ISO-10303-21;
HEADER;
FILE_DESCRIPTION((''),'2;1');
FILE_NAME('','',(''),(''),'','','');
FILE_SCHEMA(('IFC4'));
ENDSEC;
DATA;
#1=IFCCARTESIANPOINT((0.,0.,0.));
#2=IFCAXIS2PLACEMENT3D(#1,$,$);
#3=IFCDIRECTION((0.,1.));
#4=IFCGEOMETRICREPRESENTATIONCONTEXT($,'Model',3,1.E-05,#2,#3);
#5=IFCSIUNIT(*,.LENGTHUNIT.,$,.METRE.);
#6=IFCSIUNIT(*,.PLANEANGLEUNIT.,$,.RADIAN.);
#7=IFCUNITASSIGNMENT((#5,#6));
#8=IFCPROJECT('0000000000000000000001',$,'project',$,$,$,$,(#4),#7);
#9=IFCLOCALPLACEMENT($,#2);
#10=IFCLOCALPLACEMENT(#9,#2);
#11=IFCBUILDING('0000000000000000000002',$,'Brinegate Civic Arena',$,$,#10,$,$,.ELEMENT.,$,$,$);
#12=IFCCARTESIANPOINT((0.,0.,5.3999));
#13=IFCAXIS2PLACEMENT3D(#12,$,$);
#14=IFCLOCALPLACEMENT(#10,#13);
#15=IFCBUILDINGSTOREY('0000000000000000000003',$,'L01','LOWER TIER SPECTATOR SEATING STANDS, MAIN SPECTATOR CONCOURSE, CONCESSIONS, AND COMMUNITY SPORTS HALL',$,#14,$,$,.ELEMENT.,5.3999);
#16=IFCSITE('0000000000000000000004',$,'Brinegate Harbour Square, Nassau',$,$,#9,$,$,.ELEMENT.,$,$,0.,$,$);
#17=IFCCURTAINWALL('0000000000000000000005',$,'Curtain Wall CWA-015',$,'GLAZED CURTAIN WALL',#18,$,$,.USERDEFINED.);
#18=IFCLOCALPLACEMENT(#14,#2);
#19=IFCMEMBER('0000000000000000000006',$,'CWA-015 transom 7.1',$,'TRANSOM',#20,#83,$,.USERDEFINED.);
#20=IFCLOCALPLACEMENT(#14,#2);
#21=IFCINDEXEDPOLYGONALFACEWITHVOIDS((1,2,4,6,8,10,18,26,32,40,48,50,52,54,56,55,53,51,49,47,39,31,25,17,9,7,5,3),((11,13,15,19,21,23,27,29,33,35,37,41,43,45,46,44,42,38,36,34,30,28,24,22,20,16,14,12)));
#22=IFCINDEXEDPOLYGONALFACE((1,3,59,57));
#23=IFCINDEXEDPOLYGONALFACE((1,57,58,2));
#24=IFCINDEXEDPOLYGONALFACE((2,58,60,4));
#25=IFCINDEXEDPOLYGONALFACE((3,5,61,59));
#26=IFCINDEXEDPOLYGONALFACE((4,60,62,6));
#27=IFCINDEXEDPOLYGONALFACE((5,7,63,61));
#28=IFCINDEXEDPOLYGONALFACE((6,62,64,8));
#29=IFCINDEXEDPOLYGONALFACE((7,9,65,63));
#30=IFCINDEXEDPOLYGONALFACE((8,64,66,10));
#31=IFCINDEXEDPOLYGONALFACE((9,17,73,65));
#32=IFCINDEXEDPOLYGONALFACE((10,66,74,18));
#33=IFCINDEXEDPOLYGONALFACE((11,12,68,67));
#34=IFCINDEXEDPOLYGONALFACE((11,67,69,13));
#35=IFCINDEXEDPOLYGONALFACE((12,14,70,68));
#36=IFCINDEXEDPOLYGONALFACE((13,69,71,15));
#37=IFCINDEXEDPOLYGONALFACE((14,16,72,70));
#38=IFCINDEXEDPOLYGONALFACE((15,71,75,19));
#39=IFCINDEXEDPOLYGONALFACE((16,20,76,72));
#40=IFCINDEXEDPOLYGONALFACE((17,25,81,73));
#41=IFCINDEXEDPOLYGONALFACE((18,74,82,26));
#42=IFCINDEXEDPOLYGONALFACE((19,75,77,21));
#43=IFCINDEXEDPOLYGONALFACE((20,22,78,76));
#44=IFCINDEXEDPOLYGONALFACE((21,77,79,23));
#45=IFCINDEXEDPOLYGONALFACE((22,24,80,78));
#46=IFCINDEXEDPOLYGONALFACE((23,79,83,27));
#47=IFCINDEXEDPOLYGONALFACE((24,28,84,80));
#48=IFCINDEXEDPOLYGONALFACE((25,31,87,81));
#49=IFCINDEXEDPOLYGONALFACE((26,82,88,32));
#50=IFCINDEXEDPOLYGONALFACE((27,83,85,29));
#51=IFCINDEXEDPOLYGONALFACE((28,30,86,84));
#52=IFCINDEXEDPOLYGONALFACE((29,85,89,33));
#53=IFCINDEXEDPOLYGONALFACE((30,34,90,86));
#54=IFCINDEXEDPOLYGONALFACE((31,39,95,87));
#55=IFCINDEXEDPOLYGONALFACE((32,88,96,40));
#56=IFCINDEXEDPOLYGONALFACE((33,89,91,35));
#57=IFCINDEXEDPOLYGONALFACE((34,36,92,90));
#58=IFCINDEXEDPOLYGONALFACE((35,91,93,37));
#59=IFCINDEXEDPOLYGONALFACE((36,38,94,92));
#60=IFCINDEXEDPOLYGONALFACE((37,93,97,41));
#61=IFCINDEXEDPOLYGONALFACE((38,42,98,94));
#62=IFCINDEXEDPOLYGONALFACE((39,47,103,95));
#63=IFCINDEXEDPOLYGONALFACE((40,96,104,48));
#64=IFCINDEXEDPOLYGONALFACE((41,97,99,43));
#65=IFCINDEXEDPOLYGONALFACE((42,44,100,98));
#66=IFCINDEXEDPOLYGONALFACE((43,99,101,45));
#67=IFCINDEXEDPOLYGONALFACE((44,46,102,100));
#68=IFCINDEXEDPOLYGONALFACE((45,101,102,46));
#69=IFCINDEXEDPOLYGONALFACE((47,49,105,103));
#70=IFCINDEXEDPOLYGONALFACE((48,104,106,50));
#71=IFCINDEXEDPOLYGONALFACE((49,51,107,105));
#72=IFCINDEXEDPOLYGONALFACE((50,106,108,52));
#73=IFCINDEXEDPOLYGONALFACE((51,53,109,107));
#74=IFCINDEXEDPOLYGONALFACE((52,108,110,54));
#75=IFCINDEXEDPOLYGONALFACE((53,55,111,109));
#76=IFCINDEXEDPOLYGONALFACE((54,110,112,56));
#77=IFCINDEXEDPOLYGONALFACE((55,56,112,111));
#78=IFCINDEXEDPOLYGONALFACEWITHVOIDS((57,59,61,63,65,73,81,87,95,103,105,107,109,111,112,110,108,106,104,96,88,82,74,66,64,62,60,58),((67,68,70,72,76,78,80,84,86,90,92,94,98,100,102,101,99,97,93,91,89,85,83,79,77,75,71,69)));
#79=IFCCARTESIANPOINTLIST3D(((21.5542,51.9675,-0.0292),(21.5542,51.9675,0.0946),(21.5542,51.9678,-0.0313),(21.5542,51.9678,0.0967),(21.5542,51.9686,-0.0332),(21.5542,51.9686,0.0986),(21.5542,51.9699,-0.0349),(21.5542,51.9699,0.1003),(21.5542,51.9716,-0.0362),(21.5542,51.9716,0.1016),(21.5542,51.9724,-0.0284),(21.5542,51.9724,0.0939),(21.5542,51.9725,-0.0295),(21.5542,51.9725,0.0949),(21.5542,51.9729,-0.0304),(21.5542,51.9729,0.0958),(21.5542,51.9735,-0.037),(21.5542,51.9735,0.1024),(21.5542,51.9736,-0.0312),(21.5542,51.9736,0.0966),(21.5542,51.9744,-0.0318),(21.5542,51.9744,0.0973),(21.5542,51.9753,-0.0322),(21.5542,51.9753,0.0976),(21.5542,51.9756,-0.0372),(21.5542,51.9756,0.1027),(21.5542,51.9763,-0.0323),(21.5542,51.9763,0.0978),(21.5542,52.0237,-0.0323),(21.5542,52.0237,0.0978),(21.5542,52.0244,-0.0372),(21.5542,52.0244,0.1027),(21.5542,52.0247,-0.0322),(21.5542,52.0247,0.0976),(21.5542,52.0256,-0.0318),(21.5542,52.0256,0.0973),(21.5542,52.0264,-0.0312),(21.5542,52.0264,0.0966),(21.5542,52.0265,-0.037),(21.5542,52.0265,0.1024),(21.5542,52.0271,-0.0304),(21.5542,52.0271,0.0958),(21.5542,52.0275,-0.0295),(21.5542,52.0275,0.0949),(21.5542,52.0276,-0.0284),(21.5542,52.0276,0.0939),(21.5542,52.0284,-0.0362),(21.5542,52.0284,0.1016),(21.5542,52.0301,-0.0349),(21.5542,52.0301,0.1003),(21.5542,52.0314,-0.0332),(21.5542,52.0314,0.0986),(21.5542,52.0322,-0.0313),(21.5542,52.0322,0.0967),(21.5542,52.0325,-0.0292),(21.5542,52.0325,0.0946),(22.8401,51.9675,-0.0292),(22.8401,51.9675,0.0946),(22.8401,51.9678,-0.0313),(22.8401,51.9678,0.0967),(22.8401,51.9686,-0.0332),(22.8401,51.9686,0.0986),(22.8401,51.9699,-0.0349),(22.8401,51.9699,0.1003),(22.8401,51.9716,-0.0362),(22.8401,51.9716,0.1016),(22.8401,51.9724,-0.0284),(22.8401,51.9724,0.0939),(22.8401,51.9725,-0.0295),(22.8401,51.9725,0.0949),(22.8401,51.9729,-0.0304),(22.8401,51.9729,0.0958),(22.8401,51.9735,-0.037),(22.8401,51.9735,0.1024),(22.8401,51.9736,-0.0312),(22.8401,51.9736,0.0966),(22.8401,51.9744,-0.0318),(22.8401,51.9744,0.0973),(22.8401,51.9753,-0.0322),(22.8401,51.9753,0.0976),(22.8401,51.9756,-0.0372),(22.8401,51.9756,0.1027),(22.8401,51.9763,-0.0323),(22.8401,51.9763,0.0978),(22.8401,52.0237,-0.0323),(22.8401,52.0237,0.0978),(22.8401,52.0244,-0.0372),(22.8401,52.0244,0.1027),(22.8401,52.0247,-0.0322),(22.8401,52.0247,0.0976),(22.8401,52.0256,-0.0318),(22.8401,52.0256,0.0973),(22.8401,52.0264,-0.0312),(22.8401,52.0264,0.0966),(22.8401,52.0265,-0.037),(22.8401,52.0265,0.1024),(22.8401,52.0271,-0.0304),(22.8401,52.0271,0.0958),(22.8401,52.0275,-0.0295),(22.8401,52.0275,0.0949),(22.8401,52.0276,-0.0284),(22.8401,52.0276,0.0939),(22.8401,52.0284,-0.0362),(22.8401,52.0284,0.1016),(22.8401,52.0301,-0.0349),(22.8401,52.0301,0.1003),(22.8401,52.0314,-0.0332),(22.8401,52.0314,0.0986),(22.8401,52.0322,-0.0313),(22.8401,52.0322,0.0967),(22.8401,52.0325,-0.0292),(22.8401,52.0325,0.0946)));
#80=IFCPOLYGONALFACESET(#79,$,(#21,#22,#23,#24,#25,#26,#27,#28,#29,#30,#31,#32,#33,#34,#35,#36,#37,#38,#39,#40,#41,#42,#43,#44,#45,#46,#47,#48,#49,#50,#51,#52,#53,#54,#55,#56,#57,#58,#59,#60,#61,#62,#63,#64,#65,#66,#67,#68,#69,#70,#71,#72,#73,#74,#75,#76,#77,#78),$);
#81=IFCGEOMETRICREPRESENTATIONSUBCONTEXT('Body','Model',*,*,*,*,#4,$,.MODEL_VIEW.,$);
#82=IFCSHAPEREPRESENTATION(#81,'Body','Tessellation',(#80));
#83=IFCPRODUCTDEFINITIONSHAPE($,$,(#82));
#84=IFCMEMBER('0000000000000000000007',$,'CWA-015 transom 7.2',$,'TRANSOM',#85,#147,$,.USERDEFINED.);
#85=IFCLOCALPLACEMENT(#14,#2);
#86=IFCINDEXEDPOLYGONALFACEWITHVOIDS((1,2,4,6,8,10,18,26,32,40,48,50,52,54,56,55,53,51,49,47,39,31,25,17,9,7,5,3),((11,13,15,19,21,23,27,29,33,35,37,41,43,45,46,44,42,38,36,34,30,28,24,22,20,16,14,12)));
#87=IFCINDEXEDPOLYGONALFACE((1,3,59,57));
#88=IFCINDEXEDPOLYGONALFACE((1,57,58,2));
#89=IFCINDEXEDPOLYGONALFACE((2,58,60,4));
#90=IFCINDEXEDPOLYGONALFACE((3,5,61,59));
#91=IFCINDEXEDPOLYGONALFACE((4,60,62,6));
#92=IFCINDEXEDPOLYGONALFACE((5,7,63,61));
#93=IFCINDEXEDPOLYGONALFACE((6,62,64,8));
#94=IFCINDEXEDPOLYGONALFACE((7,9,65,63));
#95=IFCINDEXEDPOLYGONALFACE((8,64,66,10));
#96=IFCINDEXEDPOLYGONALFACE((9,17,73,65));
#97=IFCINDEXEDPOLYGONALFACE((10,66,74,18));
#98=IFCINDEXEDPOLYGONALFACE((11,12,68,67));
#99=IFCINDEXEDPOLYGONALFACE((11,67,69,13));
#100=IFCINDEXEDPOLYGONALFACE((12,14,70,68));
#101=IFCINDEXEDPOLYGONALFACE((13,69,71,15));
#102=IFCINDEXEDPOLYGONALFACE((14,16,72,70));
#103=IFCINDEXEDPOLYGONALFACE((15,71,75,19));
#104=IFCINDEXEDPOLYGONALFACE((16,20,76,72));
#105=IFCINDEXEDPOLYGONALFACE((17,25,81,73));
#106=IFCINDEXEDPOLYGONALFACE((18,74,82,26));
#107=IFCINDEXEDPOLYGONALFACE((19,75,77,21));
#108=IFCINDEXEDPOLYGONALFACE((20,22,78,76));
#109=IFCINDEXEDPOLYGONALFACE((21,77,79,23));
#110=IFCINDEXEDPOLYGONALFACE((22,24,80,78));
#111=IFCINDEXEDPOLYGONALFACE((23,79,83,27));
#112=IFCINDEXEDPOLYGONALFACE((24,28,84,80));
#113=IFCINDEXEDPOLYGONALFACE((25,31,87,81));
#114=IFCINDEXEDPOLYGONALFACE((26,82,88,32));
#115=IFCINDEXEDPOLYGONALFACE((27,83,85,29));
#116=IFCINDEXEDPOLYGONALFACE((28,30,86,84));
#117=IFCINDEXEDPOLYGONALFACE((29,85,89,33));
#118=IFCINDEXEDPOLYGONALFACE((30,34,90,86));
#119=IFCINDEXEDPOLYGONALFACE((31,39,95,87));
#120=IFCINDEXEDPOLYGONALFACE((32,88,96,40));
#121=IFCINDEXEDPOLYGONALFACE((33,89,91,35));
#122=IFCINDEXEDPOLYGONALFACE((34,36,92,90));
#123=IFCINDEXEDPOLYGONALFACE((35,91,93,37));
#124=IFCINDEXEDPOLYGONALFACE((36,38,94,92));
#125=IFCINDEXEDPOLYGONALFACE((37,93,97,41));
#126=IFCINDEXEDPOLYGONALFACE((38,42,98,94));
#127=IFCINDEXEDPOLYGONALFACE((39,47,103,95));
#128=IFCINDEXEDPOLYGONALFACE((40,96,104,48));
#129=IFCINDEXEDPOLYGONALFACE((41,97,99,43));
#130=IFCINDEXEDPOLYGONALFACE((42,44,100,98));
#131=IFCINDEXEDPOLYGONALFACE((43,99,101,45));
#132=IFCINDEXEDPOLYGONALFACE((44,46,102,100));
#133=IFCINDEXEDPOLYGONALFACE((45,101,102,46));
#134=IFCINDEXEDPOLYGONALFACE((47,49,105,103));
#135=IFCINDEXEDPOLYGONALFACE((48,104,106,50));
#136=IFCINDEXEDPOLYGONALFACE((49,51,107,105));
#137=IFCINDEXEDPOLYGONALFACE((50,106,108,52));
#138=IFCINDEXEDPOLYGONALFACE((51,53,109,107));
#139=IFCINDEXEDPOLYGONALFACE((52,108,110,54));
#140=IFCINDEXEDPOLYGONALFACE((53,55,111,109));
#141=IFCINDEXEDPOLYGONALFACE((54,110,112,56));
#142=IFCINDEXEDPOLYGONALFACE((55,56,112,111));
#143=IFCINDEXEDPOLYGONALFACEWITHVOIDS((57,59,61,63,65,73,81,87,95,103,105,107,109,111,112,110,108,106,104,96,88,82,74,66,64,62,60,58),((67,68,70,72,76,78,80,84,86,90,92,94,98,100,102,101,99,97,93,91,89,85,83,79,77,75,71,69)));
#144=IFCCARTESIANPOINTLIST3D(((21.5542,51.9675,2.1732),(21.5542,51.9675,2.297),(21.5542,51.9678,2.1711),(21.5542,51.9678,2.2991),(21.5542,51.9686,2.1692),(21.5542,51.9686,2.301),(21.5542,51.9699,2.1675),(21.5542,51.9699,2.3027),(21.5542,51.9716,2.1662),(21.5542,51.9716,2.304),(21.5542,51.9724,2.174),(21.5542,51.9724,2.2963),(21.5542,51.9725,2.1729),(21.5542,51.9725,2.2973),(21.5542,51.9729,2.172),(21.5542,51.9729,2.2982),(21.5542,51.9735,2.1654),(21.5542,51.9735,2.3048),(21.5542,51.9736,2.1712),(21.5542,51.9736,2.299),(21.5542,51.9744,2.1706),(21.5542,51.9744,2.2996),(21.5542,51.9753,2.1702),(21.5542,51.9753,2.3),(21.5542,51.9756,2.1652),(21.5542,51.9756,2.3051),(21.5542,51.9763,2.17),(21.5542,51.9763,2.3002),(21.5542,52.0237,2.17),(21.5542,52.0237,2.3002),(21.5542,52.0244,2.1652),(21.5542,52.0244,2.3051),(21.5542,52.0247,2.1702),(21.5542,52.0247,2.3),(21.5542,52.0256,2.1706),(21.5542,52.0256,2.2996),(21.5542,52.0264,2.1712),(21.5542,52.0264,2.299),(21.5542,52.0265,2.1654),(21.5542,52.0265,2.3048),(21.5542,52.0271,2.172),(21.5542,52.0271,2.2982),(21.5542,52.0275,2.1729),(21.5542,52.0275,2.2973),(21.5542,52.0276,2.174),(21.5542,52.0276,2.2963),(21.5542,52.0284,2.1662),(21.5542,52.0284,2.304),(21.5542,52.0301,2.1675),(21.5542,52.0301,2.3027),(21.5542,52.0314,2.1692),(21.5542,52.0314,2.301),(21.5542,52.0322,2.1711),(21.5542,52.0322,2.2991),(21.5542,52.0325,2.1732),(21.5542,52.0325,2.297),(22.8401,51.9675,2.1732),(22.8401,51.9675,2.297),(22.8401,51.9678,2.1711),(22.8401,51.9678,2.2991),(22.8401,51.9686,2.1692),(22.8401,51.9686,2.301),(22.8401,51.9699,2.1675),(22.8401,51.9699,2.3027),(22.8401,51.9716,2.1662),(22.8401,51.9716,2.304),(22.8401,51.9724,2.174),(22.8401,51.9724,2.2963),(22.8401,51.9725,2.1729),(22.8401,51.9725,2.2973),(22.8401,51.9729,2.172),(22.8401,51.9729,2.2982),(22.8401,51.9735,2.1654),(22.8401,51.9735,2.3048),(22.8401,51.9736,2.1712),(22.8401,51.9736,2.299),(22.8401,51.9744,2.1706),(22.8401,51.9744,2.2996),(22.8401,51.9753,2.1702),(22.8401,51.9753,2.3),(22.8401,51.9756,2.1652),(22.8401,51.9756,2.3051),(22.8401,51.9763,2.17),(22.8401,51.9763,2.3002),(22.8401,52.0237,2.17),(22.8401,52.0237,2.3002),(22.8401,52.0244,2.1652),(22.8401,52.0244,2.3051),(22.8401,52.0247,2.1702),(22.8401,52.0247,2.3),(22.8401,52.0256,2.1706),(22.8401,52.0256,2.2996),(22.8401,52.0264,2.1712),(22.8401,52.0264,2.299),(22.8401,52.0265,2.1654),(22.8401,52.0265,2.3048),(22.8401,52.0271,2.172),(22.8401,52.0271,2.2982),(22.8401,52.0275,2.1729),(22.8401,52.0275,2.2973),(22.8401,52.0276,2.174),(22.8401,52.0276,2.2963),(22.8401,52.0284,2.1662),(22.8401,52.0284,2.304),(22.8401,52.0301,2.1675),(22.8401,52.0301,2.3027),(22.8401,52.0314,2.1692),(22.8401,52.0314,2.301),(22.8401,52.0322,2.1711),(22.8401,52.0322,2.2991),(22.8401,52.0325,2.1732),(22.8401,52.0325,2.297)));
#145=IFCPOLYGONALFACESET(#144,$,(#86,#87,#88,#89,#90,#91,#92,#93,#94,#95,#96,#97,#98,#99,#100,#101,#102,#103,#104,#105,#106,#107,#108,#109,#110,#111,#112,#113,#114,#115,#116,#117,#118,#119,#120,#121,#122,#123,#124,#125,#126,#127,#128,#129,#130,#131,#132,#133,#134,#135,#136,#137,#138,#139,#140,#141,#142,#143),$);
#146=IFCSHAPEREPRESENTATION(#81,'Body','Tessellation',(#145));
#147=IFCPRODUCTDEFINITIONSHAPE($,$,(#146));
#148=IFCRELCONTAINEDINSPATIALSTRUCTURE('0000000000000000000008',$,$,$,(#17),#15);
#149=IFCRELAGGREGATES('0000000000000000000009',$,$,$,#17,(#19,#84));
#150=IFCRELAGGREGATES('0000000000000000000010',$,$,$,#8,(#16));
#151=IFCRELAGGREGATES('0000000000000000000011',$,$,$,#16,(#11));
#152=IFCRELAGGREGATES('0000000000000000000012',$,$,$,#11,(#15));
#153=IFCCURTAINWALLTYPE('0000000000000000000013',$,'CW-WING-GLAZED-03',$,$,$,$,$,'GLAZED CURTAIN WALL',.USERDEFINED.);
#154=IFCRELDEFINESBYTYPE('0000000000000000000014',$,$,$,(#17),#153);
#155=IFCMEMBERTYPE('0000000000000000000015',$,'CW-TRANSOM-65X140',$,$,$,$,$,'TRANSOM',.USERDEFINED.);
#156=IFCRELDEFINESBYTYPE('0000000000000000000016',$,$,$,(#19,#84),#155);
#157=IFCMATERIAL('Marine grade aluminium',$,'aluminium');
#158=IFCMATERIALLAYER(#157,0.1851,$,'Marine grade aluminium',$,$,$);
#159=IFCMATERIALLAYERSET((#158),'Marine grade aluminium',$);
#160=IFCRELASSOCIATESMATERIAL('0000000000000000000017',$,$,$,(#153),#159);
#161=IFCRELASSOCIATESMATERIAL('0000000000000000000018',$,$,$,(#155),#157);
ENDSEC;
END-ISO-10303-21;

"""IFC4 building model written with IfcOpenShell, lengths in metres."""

from ifc_helpers import new_model, si_unit, direction, frame, origin, origin_2d, place, context, subcontext, project, spatial, hollow_rectangle, extrude, material, layer, layer_set, material_profile, profile_set, type_object, element, aggregate, save


model = new_model("IFC4")

# Units and contexts
model_context = context("Model", 3, precision=1e-05, world=origin(), true_north=direction((0.0, 1.0)))
body_context = subcontext(model_context, "Body", "Model", "MODEL_VIEW")
ifc_project = project(units=[si_unit("LENGTHUNIT", "METRE"), si_unit("PLANEANGLEUNIT", "RADIAN")], contexts=[model_context])

# Site, building, storey
site_placement = place(None, origin())
site = spatial("IfcSite", under=ifc_project, at=site_placement, Name="Brinegate Harbour Square, Nassau", CompositionType="ELEMENT", RefElevation=0.0)
building_placement = place(site_placement, origin())
building = spatial("IfcBuilding", under=site, at=building_placement, Name="Brinegate Civic Arena", CompositionType="ELEMENT")
storey_placement = place(building_placement, frame((0.0, 0.0, 5.3999)))
storey = spatial("IfcBuildingStorey", under=building, at=storey_placement, Name="L01", Description="LOWER TIER SPECTATOR SEATING STANDS, MAIN SPECTATOR CONCOURSE, CONCESSIONS, AND COMMUNITY SPORTS HALL", CompositionType="ELEMENT", Elevation=5.3999)

# Shared definitions
ifc_material_1 = material(Name="Marine grade aluminium", Category="aluminium")

# Curtain wall, members
ifc_layer_1 = layer(ifc_material_1, 0.1851, Name="Marine grade aluminium")
ifc_layer_set_1 = layer_set([ifc_layer_1], Name="Marine grade aluminium")
curtain_wall_type_1 = type_object("IfcCurtainWallType", Name="CW-WING-GLAZED-03", ElementType="GLAZED CURTAIN WALL", PredefinedType="USERDEFINED", material=ifc_layer_set_1)
curtain_wall_1_placement = place(storey_placement, origin())
curtain_wall_1 = element("IfcCurtainWall", 1, at=curtain_wall_1_placement, inside=storey, type_object=curtain_wall_type_1, Name="Curtain Wall CWA-015", ObjectType="GLAZED CURTAIN WALL", PredefinedType="USERDEFINED")
ifc_material_profile_1 = material_profile(ifc_material_1, hollow_rectangle(XDim=0.0649, YDim=0.1399, WallThickness=0.0049, InnerFilletRadius=0.0039, OuterFilletRadius=0.0081, at=origin_2d()), Name="TRN65X140")
ifc_profile_set_1 = profile_set([ifc_material_profile_1], Name="Marine grade aluminium")
member_type_1 = type_object("IfcMemberType", Name="CW-TRANSOM-65X140", ElementType="TRANSOM", PredefinedType="USERDEFINED", material=ifc_profile_set_1)
member_1_placement = place(storey_placement, frame((21.5542, 52.0, 0.0327), z_axis=(1.0, 0.0, 0.0), x_axis=(0.0, 1.0, 0.0)))
member_1 = element("IfcMember", 2, at=member_1_placement, type_object=member_type_1, Name="CWA-015 transom 7.1", ObjectType="TRANSOM", PredefinedType="USERDEFINED", context=body_context, shape_type="SweptSolid", body=[
    extrude(hollow_rectangle(XDim=0.0649, YDim=0.1399, WallThickness=0.0049, InnerFilletRadius=0.0039, OuterFilletRadius=0.0081, at=origin_2d()), origin(), (0.0, 0.0, 1.0), 1.2859),
])
member_2_placement = place(storey_placement, frame((21.5542, 52.0, 2.2351), z_axis=(1.0, 0.0, 0.0), x_axis=(0.0, 1.0, 0.0)))
member_2 = element("IfcMember", 3, at=member_2_placement, type_object=member_type_1, Name="CWA-015 transom 7.2", ObjectType="TRANSOM", PredefinedType="USERDEFINED", context=body_context, shape_type="SweptSolid", body=[
    extrude(hollow_rectangle(XDim=0.0649, YDim=0.1399, WallThickness=0.0049, InnerFilletRadius=0.0039, OuterFilletRadius=0.0081, at=origin_2d()), origin(), (0.0, 0.0, 1.0), 1.2859),
])

aggregate(curtain_wall_1, [member_1, member_2])

save(model, "model.ifc")
